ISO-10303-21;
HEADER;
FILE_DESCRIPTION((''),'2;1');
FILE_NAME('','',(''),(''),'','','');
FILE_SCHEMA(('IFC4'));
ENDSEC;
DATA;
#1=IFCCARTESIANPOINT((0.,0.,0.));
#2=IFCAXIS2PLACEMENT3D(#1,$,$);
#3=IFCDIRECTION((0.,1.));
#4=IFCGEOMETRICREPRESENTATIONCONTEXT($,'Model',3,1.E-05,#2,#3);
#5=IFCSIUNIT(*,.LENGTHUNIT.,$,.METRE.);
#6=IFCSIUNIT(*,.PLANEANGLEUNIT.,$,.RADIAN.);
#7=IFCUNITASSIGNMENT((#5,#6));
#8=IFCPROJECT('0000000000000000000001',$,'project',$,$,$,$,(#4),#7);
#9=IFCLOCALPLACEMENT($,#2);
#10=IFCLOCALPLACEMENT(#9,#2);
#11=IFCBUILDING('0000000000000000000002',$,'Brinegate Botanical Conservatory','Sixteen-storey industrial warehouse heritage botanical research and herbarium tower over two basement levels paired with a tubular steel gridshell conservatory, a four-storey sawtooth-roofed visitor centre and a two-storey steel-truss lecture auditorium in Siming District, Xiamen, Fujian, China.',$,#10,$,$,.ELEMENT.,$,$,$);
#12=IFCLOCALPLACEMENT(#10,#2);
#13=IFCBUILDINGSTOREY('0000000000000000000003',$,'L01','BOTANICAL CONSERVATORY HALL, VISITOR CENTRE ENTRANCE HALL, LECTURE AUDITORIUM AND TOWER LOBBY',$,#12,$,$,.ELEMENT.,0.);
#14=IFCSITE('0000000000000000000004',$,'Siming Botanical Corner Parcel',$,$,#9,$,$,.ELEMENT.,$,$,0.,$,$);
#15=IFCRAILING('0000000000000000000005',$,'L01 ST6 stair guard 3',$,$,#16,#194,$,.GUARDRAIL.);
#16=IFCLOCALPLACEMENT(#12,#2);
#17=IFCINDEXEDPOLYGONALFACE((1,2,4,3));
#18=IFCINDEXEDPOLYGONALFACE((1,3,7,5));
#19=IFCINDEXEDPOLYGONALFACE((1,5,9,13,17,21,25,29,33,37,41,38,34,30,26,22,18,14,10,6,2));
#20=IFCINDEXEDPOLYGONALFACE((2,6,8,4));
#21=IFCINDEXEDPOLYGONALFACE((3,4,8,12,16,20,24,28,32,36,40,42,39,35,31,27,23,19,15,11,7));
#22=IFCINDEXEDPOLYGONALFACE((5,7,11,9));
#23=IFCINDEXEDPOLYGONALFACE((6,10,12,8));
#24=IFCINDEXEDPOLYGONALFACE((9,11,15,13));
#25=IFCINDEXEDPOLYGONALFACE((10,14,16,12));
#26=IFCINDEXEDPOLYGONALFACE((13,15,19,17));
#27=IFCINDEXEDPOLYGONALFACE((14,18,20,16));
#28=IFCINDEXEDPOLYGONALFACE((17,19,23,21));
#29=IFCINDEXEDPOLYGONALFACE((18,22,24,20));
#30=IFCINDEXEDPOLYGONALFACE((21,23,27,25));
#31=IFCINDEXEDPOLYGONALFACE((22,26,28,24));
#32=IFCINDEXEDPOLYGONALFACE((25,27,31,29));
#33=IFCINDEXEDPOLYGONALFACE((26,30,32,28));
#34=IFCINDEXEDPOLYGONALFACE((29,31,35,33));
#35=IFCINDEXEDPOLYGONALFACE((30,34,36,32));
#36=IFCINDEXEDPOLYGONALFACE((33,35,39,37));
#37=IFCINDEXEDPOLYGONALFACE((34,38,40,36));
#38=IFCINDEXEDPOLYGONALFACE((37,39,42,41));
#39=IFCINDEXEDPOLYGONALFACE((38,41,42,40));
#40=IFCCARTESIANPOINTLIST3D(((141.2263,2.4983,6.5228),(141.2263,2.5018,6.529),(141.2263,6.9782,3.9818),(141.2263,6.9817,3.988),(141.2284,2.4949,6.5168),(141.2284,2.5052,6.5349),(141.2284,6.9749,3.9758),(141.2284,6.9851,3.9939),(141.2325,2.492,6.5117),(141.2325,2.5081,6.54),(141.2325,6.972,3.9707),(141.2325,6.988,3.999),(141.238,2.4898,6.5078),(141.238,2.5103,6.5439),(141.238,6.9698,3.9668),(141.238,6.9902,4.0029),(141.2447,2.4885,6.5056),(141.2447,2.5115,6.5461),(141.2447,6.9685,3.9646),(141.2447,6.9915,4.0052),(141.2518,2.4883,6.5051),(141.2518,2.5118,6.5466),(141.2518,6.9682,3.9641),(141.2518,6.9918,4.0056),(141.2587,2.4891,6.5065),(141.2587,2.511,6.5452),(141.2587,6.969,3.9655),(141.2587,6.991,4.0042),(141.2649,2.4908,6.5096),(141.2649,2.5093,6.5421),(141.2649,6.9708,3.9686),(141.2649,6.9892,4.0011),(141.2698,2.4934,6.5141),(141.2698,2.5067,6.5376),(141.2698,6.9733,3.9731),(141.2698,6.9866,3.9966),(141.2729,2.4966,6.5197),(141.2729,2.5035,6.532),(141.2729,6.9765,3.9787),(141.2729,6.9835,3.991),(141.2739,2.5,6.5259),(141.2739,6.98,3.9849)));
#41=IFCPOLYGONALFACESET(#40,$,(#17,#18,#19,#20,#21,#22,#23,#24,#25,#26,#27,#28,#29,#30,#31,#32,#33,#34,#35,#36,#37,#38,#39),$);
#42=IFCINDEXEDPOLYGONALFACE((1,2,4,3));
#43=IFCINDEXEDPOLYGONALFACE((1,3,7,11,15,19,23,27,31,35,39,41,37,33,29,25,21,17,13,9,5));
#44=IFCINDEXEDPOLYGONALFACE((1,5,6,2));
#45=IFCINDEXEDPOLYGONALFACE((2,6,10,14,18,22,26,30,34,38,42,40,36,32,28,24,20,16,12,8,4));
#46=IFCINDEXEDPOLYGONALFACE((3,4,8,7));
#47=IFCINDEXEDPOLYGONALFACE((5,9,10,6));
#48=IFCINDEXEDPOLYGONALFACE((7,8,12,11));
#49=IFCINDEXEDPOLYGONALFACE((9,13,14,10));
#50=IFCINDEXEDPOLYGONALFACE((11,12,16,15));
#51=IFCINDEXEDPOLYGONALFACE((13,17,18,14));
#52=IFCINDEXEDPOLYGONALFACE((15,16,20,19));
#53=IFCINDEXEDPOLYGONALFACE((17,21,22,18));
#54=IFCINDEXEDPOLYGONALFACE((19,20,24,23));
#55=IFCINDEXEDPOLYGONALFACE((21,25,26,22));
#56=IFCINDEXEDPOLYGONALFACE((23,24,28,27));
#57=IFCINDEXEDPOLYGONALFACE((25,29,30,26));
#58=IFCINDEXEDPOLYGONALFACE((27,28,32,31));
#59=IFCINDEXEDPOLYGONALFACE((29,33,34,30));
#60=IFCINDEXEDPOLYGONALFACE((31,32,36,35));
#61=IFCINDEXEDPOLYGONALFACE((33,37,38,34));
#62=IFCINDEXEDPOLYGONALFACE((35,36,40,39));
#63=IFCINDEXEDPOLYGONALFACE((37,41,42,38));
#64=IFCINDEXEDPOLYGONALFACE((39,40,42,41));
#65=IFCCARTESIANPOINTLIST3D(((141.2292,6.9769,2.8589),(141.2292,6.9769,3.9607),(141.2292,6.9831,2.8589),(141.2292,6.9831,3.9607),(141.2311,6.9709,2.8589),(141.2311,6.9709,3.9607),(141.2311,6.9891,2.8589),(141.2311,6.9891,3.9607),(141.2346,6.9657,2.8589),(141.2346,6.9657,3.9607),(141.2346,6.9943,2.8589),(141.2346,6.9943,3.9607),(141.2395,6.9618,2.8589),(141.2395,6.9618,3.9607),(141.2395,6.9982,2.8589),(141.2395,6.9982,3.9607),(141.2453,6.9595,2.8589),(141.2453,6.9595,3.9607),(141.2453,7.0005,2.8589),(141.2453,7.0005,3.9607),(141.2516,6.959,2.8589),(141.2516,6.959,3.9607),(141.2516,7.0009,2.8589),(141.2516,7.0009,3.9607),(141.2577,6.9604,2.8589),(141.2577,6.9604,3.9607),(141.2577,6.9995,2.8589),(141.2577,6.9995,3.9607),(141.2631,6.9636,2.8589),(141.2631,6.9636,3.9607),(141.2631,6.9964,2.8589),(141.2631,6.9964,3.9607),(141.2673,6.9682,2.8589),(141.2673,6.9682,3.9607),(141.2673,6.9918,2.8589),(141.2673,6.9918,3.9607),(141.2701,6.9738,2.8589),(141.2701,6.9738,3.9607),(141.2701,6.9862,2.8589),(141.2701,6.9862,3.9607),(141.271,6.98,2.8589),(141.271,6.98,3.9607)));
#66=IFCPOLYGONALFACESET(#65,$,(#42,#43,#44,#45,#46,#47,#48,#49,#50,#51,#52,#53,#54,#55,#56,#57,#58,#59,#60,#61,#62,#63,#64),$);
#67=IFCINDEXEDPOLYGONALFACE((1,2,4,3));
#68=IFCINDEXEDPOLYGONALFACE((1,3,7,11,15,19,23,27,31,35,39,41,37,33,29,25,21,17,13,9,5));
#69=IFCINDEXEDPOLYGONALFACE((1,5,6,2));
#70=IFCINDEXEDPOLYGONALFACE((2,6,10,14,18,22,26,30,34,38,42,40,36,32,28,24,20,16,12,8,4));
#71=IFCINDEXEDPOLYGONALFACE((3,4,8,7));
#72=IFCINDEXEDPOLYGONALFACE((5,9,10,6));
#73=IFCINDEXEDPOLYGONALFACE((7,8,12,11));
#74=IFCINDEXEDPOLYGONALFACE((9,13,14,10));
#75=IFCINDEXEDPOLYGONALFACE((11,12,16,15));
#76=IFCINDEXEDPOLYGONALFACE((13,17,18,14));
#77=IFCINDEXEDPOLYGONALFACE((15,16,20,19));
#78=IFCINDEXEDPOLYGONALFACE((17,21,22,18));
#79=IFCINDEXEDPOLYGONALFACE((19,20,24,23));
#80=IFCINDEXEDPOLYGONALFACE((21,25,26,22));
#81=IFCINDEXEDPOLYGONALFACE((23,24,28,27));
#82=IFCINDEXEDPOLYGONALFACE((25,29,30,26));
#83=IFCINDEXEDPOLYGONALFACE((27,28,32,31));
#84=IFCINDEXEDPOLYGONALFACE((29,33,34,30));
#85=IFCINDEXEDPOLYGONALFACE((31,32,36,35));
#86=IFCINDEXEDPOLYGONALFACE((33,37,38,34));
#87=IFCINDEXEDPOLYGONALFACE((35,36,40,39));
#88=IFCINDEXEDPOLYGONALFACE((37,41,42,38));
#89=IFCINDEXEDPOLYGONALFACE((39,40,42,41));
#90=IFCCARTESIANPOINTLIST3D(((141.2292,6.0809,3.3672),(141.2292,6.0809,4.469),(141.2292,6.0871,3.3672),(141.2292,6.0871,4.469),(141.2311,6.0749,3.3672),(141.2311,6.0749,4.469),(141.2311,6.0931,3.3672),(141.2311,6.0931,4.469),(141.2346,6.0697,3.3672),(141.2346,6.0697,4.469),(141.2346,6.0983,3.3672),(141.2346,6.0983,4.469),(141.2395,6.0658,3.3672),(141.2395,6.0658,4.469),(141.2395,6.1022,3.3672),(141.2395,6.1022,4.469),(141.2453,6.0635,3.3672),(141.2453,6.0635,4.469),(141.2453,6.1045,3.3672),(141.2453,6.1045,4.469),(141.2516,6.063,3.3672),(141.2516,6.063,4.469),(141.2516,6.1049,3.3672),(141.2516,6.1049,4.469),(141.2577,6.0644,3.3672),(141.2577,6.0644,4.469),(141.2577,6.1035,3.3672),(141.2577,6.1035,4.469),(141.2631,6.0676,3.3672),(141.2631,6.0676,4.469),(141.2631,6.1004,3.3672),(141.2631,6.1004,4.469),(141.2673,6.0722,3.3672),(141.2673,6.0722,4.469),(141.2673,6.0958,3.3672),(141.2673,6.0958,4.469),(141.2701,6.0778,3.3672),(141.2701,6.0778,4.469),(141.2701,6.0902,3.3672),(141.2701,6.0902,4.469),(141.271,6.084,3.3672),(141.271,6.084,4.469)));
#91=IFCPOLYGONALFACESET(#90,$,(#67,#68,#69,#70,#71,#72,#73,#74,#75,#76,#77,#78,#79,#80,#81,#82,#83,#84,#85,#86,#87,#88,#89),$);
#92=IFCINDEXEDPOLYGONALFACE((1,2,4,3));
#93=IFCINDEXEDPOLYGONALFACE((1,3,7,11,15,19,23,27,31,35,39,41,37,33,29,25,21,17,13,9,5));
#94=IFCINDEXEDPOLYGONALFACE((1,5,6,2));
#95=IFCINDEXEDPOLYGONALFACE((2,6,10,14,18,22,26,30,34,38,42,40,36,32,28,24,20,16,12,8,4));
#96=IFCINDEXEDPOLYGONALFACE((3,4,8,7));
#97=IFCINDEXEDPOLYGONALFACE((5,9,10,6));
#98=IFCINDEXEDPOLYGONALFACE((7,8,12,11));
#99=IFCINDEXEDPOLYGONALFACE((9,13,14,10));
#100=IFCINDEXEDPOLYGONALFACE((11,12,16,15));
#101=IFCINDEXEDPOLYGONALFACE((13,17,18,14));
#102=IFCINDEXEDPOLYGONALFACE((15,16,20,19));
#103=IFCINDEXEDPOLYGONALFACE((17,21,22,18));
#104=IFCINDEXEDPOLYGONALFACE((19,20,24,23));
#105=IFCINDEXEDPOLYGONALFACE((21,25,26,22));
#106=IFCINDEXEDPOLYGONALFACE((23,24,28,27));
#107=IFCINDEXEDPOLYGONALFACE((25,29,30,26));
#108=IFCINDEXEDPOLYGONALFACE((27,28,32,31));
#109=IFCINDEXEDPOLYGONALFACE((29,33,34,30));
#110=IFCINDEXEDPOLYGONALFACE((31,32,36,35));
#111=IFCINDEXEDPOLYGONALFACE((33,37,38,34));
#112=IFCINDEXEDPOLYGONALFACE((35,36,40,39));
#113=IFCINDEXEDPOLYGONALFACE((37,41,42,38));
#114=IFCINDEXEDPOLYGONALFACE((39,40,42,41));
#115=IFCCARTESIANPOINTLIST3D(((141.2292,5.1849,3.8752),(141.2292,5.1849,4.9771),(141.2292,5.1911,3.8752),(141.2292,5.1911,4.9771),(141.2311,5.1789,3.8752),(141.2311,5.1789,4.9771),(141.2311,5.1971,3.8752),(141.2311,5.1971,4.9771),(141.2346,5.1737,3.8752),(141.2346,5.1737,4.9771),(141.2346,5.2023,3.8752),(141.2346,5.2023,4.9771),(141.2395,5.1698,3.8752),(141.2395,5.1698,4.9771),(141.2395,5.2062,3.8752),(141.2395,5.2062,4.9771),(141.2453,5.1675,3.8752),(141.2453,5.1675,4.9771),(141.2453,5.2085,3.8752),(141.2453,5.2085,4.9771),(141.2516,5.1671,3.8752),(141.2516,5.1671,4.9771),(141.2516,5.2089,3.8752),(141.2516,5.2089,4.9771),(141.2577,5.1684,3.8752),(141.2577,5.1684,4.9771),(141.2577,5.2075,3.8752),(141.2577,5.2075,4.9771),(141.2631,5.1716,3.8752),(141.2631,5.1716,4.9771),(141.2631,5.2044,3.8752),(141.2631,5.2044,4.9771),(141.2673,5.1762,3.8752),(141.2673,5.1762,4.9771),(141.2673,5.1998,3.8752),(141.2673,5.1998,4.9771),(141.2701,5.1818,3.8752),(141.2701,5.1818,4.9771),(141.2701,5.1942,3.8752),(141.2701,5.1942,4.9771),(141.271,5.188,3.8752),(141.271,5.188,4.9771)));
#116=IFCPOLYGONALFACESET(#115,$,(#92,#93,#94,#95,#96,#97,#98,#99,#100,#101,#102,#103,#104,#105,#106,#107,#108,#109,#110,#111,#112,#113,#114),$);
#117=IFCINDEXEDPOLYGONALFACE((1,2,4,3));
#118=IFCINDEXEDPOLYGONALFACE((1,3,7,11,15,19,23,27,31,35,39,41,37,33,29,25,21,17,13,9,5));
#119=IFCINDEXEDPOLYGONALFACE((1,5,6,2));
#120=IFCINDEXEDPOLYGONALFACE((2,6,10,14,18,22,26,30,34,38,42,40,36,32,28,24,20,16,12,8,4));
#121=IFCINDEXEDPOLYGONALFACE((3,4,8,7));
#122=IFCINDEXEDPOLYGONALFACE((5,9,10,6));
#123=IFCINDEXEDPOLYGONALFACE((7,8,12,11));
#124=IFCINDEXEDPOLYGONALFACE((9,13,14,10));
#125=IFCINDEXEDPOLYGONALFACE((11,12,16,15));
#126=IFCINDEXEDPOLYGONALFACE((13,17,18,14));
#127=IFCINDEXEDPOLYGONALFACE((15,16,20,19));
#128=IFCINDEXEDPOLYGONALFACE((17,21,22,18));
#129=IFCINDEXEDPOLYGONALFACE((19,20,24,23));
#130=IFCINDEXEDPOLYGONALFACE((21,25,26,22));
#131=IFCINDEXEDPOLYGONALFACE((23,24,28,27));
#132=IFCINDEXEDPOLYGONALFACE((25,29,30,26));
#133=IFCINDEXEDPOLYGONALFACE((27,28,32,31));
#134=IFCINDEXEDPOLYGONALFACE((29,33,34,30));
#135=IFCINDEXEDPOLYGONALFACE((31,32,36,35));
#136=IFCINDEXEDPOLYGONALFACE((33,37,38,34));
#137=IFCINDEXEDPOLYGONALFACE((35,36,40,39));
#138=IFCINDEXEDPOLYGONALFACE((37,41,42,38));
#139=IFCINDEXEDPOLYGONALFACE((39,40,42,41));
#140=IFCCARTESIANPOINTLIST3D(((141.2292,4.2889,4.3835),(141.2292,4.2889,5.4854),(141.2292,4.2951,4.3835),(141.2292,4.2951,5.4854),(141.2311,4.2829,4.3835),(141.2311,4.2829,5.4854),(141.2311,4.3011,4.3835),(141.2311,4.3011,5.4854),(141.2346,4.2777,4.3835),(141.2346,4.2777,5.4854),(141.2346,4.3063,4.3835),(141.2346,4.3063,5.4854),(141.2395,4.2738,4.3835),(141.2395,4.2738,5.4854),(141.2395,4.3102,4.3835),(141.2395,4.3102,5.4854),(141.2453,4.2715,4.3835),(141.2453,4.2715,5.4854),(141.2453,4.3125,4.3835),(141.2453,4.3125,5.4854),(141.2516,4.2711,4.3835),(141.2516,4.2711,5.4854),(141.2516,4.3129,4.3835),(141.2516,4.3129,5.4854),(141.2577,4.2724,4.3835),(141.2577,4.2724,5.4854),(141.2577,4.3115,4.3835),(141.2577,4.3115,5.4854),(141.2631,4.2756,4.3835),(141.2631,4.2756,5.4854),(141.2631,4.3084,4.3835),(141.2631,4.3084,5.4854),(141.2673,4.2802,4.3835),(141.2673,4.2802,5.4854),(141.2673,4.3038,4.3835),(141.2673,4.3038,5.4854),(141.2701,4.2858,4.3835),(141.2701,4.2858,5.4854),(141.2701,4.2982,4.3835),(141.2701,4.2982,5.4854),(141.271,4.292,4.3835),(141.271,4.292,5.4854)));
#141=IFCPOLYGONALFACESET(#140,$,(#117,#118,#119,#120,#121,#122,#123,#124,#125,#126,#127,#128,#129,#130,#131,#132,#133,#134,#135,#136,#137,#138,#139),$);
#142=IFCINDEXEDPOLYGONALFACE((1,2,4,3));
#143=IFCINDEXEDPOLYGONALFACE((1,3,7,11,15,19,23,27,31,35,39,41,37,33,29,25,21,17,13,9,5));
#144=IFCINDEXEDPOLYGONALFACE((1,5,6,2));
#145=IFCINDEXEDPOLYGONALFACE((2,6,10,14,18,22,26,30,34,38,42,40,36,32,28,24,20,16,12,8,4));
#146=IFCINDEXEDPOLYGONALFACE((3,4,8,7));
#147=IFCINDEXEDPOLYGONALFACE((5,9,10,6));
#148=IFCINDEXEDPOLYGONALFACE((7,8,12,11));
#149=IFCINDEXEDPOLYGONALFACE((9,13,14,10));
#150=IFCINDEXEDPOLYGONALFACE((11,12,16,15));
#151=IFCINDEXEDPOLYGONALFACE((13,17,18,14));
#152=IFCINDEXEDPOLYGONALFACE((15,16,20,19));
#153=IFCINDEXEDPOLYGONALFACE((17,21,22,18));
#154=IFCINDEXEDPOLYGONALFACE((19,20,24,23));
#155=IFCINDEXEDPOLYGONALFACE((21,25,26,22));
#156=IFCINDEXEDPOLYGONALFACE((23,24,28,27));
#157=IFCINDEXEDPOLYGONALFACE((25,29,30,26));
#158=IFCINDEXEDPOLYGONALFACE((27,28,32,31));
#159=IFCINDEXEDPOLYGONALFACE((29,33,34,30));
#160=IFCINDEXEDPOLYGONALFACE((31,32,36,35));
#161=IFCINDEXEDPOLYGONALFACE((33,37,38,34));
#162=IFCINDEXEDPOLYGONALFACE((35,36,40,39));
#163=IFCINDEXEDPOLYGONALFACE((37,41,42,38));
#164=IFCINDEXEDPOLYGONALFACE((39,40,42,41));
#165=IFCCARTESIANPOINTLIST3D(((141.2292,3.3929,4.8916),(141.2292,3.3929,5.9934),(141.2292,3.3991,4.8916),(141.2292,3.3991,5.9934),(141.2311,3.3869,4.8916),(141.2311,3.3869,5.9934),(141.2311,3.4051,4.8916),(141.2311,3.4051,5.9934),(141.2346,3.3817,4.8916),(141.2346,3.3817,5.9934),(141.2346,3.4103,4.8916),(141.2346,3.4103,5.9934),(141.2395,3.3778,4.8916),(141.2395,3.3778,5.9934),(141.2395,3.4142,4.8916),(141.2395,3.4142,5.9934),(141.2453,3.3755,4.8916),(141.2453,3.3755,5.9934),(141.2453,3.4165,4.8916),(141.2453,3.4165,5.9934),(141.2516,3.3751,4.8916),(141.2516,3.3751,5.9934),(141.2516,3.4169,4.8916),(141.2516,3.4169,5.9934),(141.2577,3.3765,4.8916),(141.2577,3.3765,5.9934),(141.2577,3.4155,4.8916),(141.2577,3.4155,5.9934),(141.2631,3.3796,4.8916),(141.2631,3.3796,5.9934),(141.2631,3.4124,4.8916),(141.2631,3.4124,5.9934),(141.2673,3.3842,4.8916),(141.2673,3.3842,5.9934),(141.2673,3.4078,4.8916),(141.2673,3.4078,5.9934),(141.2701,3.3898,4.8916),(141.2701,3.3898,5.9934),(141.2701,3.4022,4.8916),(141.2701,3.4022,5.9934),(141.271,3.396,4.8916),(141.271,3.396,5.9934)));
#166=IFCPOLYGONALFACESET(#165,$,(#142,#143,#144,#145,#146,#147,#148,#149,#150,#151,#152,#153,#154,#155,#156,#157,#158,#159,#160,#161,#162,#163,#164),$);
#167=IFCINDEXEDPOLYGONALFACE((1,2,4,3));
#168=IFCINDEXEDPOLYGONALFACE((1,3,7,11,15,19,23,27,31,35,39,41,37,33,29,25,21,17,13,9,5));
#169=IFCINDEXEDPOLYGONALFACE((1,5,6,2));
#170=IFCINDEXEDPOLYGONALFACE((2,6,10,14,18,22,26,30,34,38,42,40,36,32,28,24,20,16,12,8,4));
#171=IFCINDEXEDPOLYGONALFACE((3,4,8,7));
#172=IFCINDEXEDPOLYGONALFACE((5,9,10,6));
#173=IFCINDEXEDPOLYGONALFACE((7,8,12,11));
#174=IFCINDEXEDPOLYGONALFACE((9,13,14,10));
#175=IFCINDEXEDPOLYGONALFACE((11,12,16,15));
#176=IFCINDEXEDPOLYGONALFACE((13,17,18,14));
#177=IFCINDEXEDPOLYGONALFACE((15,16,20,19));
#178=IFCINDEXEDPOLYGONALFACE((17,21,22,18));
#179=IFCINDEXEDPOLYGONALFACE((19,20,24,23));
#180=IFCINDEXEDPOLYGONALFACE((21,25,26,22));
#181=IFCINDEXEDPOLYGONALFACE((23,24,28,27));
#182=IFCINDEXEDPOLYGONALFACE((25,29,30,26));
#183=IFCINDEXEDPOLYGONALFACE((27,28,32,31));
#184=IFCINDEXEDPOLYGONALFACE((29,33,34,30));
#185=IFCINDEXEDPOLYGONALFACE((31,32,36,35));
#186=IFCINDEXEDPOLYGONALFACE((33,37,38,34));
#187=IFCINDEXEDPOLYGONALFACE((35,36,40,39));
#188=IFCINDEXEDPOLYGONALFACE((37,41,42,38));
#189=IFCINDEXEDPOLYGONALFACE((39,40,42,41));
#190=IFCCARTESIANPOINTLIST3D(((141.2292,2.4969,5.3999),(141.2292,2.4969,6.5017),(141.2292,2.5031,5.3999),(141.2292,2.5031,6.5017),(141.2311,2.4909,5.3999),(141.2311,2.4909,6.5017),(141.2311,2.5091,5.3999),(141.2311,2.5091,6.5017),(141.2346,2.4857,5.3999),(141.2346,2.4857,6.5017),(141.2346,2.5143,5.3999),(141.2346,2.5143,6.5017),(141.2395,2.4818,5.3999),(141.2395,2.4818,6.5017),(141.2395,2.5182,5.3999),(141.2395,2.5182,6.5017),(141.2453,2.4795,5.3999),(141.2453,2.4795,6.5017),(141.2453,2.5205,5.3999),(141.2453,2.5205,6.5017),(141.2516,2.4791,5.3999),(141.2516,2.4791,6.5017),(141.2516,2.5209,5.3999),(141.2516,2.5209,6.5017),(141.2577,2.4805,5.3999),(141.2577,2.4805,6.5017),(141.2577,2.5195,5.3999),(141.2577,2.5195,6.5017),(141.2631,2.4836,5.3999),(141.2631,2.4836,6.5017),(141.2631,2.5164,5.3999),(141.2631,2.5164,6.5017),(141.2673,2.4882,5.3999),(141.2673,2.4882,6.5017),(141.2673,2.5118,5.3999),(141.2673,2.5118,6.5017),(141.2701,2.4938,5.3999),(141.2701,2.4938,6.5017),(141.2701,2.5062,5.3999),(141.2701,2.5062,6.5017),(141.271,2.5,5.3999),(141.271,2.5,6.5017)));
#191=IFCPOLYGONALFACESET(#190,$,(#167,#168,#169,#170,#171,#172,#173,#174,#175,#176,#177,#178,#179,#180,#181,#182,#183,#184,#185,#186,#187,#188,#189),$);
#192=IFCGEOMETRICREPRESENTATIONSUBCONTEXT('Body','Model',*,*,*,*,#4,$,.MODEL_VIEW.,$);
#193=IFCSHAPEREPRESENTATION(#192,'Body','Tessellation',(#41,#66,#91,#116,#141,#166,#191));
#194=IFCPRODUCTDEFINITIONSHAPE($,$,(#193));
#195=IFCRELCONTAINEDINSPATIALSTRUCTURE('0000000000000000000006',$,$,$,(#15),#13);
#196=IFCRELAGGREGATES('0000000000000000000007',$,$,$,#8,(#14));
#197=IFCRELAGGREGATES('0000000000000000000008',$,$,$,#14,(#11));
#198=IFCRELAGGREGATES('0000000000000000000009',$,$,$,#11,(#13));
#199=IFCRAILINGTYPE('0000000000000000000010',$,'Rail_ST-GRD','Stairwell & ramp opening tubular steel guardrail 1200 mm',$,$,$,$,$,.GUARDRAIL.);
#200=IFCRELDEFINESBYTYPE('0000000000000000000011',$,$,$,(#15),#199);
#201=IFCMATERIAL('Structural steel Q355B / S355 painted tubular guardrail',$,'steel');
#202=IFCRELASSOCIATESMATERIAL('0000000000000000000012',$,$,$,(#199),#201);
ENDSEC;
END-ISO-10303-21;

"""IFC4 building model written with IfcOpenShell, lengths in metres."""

from ifc_helpers import new_model, si_unit, direction, frame, origin, origin_2d, place, context, subcontext, project, spatial, circle, extrude, material, type_object, element, save


model = new_model("IFC4")

# Units and contexts
model_context = context("Model", 3, precision=1e-05, world=origin(), true_north=direction((0.0, 1.0)))
body_context = subcontext(model_context, "Body", "Model", "MODEL_VIEW")
ifc_project = project(units=[si_unit("LENGTHUNIT", "METRE"), si_unit("PLANEANGLEUNIT", "RADIAN")], contexts=[model_context])

# Site, building, storey
site_placement = place(None, origin())
site = spatial("IfcSite", under=ifc_project, at=site_placement, Name="Siming Botanical Corner Parcel", CompositionType="ELEMENT", RefElevation=0.0)
building_placement = place(site_placement, origin())
building = spatial("IfcBuilding", under=site, at=building_placement, Name="Brinegate Botanical Conservatory", Description="Sixteen-storey industrial warehouse heritage botanical research and herbarium tower over two basement levels paired with a tubular steel gridshell conservatory, a four-storey sawtooth-roofed visitor centre and a two-storey steel-truss lecture auditorium in Siming District, Xiamen, Fujian, China.", CompositionType="ELEMENT")
storey_placement = place(building_placement, origin())
storey = spatial("IfcBuildingStorey", under=building, at=storey_placement, Name="L01", Description="BOTANICAL CONSERVATORY HALL, VISITOR CENTRE ENTRANCE HALL, LECTURE AUDITORIUM AND TOWER LOBBY", CompositionType="ELEMENT", Elevation=0.0)

# Railing
ifc_material_1 = material(Name="Structural steel Q355B / S355 painted tubular guardrail", Category="steel")
railing_type_1 = type_object("IfcRailingType", Name="Rail_ST-GRD", Description="Stairwell & ramp opening tubular steel guardrail 1200 mm", PredefinedType="GUARDRAIL", material=ifc_material_1)
railing_1_placement = place(storey_placement, frame((141.25, 6.98, 2.8589)))
element("IfcRailing", 1, at=railing_1_placement, inside=storey, type_object=railing_type_1, Name="L01 ST6 stair guard 3", PredefinedType="GUARDRAIL", context=body_context, shape_type="SweptSolid", body=[
    extrude(circle(Radius=0.0239, at=origin_2d()), frame((0.0, 0.0, 1.126), z_axis=(0.0, -0.869826, 0.493359), x_axis=(1.0, 0.0, 0.0)), (0.0, 0.0, 1.0), 5.1504),
    extrude(circle(Radius=0.021, at=origin_2d()), origin(), (0.0, 0.0, 1.0), 1.1018),
    extrude(circle(Radius=0.021, at=origin_2d()), frame((0.0, -0.896, 0.5083)), (0.0, 0.0, 1.0), 1.1018),
    extrude(circle(Radius=0.021, at=origin_2d()), frame((0.0, -1.792, 1.0164)), (0.0, 0.0, 1.0), 1.1018),
    extrude(circle(Radius=0.021, at=origin_2d()), frame((0.0, -2.688, 1.5247)), (0.0, 0.0, 1.0), 1.1018),
    extrude(circle(Radius=0.021, at=origin_2d()), frame((0.0, -3.584, 2.0327)), (0.0, 0.0, 1.0), 1.1018),
    extrude(circle(Radius=0.021, at=origin_2d()), frame((0.0, -4.48, 2.541)), (0.0, 0.0, 1.0), 1.1018),
])

save(model, "model.ifc")
